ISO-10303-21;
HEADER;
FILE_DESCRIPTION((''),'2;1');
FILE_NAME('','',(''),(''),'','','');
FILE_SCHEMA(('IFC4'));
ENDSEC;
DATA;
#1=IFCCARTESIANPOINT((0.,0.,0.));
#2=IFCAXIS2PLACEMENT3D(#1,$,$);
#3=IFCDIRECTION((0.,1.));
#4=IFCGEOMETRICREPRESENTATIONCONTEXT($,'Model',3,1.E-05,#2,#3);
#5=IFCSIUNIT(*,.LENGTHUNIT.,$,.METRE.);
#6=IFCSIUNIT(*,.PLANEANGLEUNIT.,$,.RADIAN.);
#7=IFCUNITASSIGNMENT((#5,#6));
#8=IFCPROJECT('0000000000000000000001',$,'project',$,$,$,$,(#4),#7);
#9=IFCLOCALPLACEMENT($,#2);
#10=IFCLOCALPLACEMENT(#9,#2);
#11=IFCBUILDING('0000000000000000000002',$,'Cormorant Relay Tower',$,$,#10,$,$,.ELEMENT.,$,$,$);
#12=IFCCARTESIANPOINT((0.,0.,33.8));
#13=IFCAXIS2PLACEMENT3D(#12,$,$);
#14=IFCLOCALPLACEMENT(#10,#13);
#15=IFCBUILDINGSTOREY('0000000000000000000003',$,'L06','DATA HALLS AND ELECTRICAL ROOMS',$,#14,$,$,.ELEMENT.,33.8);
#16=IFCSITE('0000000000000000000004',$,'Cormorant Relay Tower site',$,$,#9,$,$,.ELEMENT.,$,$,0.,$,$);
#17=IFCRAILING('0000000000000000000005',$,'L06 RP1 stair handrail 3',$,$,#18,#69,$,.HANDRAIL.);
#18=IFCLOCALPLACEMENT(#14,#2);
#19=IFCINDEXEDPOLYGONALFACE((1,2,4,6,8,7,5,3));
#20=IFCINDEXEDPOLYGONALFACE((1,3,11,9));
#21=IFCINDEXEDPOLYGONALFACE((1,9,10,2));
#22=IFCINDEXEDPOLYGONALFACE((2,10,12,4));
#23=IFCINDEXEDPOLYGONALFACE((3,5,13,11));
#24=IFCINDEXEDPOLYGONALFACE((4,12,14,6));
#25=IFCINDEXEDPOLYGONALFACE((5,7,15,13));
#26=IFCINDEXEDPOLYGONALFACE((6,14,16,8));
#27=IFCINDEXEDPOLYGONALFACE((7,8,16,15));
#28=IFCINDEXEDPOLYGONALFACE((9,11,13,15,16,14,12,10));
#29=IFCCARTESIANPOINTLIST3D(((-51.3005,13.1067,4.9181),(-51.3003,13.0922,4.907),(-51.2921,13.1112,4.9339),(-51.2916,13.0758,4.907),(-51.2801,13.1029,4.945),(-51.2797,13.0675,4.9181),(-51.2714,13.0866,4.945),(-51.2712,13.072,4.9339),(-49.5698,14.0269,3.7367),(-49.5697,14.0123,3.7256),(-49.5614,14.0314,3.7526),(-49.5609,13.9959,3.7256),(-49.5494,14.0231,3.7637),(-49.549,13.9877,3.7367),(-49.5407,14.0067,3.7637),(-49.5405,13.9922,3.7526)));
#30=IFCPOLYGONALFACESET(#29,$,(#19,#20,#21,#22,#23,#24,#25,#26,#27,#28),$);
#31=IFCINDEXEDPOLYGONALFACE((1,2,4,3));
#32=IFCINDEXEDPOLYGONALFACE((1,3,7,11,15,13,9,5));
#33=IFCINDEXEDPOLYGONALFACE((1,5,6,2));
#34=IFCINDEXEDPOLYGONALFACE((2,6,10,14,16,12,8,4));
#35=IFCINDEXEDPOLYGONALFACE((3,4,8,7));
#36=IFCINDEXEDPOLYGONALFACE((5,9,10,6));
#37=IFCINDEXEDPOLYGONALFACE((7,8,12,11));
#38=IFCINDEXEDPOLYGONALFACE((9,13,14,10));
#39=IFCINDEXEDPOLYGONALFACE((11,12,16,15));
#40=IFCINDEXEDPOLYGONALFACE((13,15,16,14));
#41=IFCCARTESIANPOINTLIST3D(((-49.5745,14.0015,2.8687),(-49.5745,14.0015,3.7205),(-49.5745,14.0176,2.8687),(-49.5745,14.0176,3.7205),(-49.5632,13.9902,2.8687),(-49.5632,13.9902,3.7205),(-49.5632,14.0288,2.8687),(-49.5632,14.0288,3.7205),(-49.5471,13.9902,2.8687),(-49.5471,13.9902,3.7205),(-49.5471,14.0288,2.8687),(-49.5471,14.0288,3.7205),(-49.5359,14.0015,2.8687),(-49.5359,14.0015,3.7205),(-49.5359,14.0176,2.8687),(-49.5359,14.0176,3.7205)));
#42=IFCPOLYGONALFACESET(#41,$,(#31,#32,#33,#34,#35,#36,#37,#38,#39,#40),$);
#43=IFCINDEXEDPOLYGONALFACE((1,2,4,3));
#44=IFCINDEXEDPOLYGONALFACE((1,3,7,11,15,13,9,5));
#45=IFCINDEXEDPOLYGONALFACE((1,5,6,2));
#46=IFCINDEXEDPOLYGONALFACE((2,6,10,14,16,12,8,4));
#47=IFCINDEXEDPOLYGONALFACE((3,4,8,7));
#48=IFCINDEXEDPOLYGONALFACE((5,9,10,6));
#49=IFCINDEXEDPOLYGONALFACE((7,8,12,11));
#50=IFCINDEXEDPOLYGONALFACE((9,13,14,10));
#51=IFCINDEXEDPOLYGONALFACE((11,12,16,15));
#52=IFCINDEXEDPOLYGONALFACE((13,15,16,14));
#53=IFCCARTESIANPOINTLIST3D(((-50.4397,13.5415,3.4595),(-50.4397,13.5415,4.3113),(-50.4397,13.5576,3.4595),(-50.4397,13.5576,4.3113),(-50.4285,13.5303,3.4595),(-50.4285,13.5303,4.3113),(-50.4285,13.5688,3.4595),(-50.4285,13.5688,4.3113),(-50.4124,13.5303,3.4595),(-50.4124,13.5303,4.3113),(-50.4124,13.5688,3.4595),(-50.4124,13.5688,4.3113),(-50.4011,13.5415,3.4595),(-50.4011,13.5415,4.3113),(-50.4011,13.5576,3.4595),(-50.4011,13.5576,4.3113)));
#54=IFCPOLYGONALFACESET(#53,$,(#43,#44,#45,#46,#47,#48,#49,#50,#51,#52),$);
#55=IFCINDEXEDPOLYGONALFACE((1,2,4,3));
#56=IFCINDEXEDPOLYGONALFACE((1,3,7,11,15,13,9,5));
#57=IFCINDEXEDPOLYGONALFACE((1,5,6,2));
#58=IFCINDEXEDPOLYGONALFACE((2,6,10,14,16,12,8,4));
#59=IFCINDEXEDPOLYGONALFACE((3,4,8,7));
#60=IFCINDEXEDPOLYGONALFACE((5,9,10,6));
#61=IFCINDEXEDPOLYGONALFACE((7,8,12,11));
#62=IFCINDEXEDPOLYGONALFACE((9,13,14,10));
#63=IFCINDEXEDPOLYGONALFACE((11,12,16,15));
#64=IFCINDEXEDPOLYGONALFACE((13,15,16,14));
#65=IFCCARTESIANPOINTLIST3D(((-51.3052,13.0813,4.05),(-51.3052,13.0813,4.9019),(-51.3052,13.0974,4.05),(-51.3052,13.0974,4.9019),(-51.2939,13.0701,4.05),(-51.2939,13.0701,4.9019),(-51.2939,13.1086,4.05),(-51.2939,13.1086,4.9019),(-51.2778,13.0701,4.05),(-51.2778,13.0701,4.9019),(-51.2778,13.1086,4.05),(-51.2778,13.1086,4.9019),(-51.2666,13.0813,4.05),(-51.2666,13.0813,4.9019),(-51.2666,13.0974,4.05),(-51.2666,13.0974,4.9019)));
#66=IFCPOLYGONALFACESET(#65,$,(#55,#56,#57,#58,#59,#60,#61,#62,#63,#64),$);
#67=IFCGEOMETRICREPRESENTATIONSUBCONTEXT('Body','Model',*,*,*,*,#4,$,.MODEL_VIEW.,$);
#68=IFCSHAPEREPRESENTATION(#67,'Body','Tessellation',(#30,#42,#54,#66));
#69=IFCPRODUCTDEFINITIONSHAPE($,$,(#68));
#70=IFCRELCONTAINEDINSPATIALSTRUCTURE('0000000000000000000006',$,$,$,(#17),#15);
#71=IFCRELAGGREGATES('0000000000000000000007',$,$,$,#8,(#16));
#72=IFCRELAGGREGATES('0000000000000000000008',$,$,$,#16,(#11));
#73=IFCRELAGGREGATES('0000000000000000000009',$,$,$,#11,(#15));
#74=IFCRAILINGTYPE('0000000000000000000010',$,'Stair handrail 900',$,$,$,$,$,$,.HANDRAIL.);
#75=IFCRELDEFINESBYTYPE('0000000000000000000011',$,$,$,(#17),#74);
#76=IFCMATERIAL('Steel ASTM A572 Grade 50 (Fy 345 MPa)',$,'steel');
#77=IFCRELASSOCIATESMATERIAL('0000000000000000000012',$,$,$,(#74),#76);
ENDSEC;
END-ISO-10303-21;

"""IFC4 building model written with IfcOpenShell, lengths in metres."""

from ifc_helpers import new_model, si_unit, direction, frame, origin, place, context, subcontext, project, spatial, polyline, outline, extrude, material, type_object, element, save


model = new_model("IFC4")

# Units and contexts
model_context = context("Model", 3, precision=1e-05, world=origin(), true_north=direction((0.0, 1.0)))
body_context = subcontext(model_context, "Body", "Model", "MODEL_VIEW")
ifc_project = project(units=[si_unit("LENGTHUNIT", "METRE"), si_unit("PLANEANGLEUNIT", "RADIAN")], contexts=[model_context])

# Site, building, storey
site_placement = place(None, origin())
site = spatial("IfcSite", under=ifc_project, at=site_placement, Name="Cormorant Relay Tower site", CompositionType="ELEMENT", RefElevation=0.0)
building_placement = place(site_placement, origin())
building = spatial("IfcBuilding", under=site, at=building_placement, Name="Cormorant Relay Tower", CompositionType="ELEMENT")
storey_placement = place(building_placement, frame((0.0, 0.0, 33.8)))
storey = spatial("IfcBuildingStorey", under=building, at=storey_placement, Name="L06", Description="DATA HALLS AND ELECTRICAL ROOMS", CompositionType="ELEMENT", Elevation=33.8)

# Railing
ifc_material_1 = material(Name="Steel ASTM A572 Grade 50 (Fy 345 MPa)", Category="steel")
railing_type_1 = type_object("IfcRailingType", Name="Stair handrail 900", PredefinedType="HANDRAIL", material=ifc_material_1)
railing_1_placement = place(storey_placement, frame((-49.5552, 14.0095, 2.8687)))
element("IfcRailing", 1, at=railing_1_placement, inside=storey, type_object=railing_type_1, Name="L06 RP1 stair handrail 3", PredefinedType="HANDRAIL", context=body_context, shape_type="SweptSolid", body=[
    extrude(outline(polyline([(0.0222, 0.0093), (0.0093, 0.0222), (-0.0093, 0.0222), (-0.0222, 0.0093), (-0.0222, -0.0093), (-0.0093, -0.0222), (0.0093, -0.0222), (0.0222, -0.0093), (0.0222, 0.0093)])), frame((0.0, 0.0, 0.876), z_axis=(-0.756226, -0.402062, 0.516205), x_axis=(0.469444, -0.882962, 0.0)), (0.0, 0.0, 1.0), 2.2886),
    extrude(outline(polyline([(0.0193, 0.0081), (0.0081, 0.0193), (-0.0081, 0.0193), (-0.0193, 0.0081), (-0.0193, -0.0081), (-0.0081, -0.0193), (0.0081, -0.0193), (0.0193, -0.0081), (0.0193, 0.0081)])), origin(), (0.0, 0.0, 1.0), 0.8518),
    extrude(outline(polyline([(0.0193, 0.0081), (0.0081, 0.0193), (-0.0081, 0.0193), (-0.0193, 0.0081), (-0.0193, -0.0081), (-0.0081, -0.0193), (0.0081, -0.0193), (0.0193, -0.0081), (0.0193, 0.0081)])), frame((-0.8652, -0.46, 0.5908)), (0.0, 0.0, 1.0), 0.8518),
    extrude(outline(polyline([(0.0193, 0.0081), (0.0081, 0.0193), (-0.0081, 0.0193), (-0.0193, 0.0081), (-0.0193, -0.0081), (-0.0081, -0.0193), (0.0081, -0.0193), (0.0193, -0.0081), (0.0193, 0.0081)])), frame((-1.7307, -0.9202, 1.1814)), (0.0, 0.0, 1.0), 0.8518),
])

save(model, "model.ifc")
